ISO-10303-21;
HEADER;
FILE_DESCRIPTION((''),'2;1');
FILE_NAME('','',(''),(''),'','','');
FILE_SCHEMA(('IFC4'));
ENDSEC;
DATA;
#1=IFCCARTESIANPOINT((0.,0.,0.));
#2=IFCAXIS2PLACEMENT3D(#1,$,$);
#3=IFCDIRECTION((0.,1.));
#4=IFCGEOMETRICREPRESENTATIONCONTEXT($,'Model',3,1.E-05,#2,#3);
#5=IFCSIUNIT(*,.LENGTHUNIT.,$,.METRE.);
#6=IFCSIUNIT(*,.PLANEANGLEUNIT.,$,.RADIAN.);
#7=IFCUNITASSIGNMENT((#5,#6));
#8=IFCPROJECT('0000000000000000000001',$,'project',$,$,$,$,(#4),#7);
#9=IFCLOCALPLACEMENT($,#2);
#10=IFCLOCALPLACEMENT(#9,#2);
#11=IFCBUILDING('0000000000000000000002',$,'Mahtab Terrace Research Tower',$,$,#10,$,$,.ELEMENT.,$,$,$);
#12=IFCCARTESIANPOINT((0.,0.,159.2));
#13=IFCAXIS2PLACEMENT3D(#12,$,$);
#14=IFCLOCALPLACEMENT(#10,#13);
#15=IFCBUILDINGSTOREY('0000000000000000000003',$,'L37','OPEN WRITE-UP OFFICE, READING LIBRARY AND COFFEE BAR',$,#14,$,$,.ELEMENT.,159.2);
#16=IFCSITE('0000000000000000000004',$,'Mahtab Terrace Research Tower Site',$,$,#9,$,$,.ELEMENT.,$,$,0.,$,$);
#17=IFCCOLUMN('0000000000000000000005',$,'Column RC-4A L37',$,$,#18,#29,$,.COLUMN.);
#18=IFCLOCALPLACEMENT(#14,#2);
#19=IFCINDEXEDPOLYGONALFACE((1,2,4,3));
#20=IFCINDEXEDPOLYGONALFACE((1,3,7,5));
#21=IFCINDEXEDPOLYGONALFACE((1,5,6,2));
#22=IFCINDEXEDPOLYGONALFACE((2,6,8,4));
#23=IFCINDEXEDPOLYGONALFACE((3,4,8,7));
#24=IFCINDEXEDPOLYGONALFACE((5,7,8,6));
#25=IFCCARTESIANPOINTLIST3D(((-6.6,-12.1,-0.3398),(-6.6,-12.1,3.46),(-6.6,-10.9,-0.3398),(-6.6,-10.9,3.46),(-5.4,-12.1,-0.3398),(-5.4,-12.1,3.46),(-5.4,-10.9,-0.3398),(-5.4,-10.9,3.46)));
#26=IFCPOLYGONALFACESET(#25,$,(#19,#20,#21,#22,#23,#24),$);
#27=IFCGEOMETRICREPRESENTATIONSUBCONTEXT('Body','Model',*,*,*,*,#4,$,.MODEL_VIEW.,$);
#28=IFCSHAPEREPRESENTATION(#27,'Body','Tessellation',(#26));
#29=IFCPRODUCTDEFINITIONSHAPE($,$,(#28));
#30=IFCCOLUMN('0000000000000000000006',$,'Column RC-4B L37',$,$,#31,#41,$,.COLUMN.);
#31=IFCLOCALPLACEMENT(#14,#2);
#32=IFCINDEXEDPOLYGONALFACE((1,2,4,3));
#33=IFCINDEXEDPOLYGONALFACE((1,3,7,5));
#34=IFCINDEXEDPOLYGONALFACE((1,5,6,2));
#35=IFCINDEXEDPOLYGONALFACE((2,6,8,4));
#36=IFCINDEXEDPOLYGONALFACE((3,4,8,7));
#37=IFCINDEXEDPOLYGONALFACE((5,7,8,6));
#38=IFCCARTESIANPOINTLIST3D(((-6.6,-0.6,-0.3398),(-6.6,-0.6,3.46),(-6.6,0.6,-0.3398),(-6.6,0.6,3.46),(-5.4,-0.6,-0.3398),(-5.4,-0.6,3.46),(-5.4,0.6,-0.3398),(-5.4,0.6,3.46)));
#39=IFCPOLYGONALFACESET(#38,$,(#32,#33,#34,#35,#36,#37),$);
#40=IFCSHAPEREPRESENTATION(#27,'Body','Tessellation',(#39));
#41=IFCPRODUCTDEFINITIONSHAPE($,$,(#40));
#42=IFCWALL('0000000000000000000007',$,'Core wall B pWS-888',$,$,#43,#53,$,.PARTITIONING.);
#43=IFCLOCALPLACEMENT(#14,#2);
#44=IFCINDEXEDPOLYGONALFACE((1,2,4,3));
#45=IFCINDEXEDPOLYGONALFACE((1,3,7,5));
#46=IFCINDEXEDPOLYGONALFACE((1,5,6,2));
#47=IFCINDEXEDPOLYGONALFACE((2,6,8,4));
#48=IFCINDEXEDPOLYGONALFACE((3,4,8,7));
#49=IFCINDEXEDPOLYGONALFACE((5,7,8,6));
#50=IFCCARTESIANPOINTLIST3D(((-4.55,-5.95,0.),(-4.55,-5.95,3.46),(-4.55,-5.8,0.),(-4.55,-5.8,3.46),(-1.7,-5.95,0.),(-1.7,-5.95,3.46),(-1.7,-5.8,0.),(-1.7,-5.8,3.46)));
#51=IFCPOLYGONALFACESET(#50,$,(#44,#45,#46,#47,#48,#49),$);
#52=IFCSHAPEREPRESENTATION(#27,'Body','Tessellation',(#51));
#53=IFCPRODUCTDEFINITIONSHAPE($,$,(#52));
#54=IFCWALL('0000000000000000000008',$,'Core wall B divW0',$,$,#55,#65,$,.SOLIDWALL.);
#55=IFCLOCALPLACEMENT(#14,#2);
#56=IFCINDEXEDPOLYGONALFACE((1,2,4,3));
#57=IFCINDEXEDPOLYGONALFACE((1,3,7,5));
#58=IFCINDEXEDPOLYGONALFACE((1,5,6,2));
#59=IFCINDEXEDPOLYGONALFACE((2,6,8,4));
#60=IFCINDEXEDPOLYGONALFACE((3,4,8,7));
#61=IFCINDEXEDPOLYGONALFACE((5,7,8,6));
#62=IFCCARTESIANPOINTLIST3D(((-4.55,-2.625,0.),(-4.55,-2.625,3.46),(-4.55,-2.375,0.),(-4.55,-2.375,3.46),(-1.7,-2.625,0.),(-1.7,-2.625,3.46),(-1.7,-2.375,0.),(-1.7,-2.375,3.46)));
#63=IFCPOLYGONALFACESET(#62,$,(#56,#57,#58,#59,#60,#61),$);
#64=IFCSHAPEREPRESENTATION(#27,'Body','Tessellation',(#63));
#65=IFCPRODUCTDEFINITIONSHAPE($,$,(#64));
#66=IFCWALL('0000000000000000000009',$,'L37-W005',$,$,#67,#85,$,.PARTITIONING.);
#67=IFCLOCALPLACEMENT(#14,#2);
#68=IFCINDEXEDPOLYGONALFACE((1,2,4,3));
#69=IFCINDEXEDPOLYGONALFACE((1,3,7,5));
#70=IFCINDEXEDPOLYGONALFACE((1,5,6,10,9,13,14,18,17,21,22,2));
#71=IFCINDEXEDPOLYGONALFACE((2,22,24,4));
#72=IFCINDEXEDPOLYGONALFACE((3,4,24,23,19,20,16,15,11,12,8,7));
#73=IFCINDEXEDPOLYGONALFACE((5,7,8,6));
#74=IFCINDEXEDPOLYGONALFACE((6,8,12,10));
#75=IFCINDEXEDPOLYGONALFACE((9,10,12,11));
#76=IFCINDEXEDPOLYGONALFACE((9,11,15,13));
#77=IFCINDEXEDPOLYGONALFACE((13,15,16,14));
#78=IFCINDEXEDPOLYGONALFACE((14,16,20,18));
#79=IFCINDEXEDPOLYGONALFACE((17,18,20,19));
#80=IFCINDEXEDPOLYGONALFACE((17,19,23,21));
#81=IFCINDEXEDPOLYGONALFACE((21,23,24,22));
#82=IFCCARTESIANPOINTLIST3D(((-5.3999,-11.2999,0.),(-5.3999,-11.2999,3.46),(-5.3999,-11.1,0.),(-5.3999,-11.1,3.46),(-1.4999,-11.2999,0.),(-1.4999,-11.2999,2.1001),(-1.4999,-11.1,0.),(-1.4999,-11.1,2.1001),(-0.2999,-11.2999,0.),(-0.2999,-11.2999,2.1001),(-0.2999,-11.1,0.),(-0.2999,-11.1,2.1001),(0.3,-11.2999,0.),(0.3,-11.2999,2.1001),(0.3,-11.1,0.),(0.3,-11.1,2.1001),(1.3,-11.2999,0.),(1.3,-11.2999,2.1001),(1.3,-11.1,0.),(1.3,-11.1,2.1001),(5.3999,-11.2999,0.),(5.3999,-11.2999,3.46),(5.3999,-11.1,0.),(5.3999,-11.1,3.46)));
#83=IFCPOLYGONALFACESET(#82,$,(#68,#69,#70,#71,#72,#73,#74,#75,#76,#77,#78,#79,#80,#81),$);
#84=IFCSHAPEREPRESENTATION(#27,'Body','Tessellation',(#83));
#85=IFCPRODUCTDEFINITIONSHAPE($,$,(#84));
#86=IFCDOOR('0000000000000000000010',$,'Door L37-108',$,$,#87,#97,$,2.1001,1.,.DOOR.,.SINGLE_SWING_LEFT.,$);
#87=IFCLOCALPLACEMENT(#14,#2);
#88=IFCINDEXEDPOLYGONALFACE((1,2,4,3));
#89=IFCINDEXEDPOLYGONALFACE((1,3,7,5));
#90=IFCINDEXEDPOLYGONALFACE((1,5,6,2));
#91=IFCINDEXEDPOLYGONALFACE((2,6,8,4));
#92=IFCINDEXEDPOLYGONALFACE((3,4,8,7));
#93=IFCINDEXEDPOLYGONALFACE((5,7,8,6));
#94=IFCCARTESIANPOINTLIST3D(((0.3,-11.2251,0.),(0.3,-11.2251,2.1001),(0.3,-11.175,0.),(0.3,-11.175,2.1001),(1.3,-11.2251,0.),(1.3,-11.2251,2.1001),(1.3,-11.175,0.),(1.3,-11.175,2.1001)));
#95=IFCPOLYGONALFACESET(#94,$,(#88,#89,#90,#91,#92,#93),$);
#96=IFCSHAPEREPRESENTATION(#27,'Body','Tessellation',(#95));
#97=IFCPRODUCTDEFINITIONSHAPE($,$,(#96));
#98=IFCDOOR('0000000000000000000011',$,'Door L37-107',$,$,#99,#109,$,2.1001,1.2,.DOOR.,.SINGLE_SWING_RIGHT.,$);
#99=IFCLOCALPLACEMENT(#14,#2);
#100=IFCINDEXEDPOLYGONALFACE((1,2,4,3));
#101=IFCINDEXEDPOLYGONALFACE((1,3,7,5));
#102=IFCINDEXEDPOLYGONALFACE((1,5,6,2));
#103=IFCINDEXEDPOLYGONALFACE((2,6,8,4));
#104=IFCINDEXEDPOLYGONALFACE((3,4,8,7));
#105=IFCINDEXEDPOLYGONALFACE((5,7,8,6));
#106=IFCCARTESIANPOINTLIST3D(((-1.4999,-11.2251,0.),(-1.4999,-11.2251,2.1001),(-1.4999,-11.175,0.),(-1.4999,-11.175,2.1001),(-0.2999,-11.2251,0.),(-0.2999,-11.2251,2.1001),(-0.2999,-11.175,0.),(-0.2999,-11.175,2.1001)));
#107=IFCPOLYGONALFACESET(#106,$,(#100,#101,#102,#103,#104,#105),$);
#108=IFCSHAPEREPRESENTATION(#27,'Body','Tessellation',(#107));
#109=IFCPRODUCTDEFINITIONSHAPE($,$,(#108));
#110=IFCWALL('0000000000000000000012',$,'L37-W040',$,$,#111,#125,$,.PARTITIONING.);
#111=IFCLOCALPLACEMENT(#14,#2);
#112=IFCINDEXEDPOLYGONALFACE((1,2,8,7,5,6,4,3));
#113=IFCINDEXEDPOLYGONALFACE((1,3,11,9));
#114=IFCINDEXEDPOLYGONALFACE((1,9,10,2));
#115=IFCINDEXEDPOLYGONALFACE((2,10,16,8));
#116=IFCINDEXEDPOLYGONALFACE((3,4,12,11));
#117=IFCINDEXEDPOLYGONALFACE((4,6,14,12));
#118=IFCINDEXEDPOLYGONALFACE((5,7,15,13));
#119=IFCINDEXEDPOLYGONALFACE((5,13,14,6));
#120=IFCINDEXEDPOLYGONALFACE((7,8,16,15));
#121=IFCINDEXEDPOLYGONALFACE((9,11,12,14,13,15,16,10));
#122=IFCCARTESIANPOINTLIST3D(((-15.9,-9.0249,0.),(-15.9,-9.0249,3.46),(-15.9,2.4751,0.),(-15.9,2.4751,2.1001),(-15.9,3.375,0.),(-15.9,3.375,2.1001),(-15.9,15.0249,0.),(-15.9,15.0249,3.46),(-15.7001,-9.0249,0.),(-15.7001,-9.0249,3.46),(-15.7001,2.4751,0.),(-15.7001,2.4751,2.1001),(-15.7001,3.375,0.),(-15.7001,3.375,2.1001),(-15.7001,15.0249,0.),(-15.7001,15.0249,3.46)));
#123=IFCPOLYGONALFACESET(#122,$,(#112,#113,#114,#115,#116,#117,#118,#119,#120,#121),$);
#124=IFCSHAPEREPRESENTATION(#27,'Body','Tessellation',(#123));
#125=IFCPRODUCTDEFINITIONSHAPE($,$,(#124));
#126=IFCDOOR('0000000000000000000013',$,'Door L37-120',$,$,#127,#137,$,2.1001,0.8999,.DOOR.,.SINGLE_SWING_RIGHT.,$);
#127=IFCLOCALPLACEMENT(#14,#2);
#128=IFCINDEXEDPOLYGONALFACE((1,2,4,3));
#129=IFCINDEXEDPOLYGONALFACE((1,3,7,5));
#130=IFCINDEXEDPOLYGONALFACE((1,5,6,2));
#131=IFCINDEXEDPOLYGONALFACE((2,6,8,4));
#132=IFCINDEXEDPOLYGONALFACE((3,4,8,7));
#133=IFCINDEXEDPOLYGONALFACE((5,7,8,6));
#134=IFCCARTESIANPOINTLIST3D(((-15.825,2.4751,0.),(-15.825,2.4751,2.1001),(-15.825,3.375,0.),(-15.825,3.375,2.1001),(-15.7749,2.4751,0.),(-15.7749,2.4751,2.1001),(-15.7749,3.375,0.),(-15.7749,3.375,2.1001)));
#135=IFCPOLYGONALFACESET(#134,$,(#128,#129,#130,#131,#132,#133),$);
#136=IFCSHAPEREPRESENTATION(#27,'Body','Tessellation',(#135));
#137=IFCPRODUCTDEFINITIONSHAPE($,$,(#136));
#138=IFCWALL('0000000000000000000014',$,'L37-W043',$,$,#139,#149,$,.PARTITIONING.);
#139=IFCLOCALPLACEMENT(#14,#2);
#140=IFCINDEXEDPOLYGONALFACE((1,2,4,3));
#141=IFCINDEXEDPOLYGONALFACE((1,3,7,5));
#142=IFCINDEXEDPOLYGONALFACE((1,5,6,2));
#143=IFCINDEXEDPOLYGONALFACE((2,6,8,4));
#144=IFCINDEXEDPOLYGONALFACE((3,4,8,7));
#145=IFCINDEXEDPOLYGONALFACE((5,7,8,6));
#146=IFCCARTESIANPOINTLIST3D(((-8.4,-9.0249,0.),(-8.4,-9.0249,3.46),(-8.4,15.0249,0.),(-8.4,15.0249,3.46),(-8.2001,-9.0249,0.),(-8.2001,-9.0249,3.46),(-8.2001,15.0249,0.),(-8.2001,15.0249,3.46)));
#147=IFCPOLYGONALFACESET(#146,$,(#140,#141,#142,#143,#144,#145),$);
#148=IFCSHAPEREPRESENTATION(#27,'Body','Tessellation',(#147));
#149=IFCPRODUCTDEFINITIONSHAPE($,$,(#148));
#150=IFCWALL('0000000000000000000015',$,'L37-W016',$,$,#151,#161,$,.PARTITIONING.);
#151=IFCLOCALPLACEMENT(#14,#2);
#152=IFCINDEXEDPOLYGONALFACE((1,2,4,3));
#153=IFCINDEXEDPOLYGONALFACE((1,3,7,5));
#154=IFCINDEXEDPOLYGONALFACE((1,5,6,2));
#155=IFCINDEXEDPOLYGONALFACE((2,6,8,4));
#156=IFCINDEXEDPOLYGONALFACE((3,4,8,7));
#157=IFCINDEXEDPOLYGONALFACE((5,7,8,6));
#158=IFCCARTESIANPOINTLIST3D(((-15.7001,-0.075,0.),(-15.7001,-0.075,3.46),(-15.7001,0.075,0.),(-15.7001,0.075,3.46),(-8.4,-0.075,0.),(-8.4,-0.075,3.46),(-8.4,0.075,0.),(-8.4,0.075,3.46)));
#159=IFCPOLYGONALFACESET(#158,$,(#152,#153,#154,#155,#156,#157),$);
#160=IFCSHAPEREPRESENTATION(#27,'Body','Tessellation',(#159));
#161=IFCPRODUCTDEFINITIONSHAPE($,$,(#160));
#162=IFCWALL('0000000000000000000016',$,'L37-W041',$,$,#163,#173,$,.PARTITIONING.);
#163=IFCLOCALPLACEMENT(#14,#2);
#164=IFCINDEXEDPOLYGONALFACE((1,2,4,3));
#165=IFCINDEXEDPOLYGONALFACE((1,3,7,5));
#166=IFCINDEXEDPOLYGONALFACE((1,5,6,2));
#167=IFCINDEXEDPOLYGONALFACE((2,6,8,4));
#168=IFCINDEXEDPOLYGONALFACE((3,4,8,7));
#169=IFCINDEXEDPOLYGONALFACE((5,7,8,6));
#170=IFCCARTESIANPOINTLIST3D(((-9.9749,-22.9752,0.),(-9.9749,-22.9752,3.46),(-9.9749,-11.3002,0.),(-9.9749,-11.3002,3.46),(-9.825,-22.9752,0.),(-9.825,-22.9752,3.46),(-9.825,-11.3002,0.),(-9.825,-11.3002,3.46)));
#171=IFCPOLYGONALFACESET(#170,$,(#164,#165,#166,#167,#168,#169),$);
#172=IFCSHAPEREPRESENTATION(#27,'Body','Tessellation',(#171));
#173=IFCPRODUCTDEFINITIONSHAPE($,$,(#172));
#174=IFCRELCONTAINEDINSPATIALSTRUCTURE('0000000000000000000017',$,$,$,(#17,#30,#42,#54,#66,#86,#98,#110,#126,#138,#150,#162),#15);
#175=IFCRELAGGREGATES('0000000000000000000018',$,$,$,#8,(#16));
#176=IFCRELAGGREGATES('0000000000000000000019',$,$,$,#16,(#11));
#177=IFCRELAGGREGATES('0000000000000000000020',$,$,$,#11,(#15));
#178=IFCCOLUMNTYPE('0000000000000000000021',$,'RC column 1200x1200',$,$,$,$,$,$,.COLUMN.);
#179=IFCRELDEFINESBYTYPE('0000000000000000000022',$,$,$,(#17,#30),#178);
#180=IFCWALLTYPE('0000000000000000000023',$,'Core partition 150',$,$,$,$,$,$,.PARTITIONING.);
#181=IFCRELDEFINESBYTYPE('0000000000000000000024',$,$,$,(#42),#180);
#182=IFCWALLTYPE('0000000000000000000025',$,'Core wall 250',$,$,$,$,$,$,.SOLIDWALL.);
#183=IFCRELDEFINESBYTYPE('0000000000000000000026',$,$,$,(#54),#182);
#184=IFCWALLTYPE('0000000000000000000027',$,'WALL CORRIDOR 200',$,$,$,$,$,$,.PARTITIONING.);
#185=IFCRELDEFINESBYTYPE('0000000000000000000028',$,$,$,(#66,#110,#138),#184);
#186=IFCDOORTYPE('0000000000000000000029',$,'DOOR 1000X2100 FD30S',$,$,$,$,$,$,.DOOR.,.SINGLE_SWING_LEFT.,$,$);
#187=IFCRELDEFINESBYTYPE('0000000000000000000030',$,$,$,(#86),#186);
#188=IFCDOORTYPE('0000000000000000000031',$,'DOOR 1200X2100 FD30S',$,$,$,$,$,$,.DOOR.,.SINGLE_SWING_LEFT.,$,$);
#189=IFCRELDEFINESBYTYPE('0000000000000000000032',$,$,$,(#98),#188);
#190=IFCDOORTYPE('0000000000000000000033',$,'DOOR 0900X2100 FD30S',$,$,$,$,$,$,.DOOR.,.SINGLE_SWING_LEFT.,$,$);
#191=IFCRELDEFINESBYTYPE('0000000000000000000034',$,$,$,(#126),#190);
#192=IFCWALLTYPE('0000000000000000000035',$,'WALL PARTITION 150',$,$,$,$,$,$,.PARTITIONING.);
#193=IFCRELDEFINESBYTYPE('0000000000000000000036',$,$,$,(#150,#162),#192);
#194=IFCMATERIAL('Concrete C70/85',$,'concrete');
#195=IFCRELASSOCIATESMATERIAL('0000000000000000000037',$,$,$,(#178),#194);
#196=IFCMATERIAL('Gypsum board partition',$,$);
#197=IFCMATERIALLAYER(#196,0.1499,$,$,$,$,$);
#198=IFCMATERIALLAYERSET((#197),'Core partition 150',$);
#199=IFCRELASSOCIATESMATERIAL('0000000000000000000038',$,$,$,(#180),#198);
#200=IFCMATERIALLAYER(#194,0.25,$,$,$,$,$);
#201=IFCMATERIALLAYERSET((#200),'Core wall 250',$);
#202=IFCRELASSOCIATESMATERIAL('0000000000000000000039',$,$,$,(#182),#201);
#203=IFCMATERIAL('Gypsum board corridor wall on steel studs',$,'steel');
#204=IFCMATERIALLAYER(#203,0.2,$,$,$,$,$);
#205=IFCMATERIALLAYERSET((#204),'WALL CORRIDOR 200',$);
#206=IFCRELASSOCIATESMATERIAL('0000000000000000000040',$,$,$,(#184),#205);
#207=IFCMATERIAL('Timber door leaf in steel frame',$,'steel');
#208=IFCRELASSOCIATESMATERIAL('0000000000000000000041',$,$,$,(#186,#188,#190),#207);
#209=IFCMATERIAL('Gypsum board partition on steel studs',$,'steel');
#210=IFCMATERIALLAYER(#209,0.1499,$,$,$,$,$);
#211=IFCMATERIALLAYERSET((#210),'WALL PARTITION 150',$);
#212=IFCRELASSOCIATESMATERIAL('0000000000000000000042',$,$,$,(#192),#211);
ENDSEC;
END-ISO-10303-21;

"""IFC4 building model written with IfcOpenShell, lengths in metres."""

from ifc_helpers import new_model, si_unit, direction, frame, frame_2d, origin, origin_2d, place, context, subcontext, project, spatial, rectangle, extrude, material, layer, layer_set, material_profile, profile_set, type_object, element, fill, save


model = new_model("IFC4")

# Units and contexts
model_context = context("Model", 3, precision=1e-05, world=origin(), true_north=direction((0.0, 1.0)))
body_context = subcontext(model_context, "Body", "Model", "MODEL_VIEW")
ifc_project = project(units=[si_unit("LENGTHUNIT", "METRE"), si_unit("PLANEANGLEUNIT", "RADIAN")], contexts=[model_context])

# Site, building, storey
site_placement = place(None, origin())
site = spatial("IfcSite", under=ifc_project, at=site_placement, Name="Mahtab Terrace Research Tower Site", CompositionType="ELEMENT", RefElevation=0.0)
building_placement = place(site_placement, origin())
building = spatial("IfcBuilding", under=site, at=building_placement, Name="Mahtab Terrace Research Tower", CompositionType="ELEMENT")
storey_placement = place(building_placement, frame((0.0, 0.0, 159.2)))
storey = spatial("IfcBuildingStorey", under=building, at=storey_placement, Name="L37", Description="OPEN WRITE-UP OFFICE, READING LIBRARY AND COFFEE BAR", CompositionType="ELEMENT", Elevation=159.2)

# Columns
ifc_material_1 = material(Name="Concrete C70/85", Category="concrete")
ifc_material_profile = material_profile(ifc_material_1, rectangle(XDim=1.2, YDim=1.2, at=origin_2d()), Name="RC column 1200x1200")
ifc_profile_set = profile_set([ifc_material_profile], Name="Concrete C70/85")
column_type = type_object("IfcColumnType", Name="RC column 1200x1200", PredefinedType="COLUMN", material=ifc_profile_set)
for number, where, z_axis, x_axis, name in (
    (1, (-6.0, -11.5, -0.3398), (0.0, 0.0, 1.0), (1.0, 0.0, 0.0), "Column RC-4A L37"),
    (2, (-6.0, 0.0, -0.3398), (0.0, 0.0, 1.0), (1.0, 0.0, 0.0), "Column RC-4B L37"),
):
    element("IfcColumn", number, at=place(storey_placement, frame(where, z_axis=z_axis, x_axis=x_axis)), inside=storey, type_object=column_type, Name=name, PredefinedType="COLUMN", context=body_context, shape_type="SweptSolid", body=[
        extrude(rectangle(XDim=1.2, YDim=1.2, at=origin_2d()), origin(), (0.0, 0.0, 1.0), 3.7998),
    ])

# Wall
ifc_material_2 = material(Name="Gypsum board partition")
ifc_layer_1 = layer(ifc_material_2, 0.1499)
ifc_layer_set_1 = layer_set([ifc_layer_1], Name="Core partition 150")
wall_type_1 = type_object("IfcWallType", Name="Core partition 150", PredefinedType="PARTITIONING", material=ifc_layer_set_1)
wall_1_placement = place(storey_placement, frame((-4.55, -5.875, 0.0), z_axis=(0.0, 0.0, 1.0), x_axis=(1.0, 0.0, 0.0)))
element("IfcWall", 3, at=wall_1_placement, inside=storey, type_object=wall_type_1, Name="Core wall B pWS-888", PredefinedType="PARTITIONING", context=body_context, shape_type="SweptSolid", body=[
    extrude(rectangle(XDim=2.8501, YDim=0.1499, at=frame_2d((1.425, 0.0))), origin(), (0.0, 0.0, 1.0), 3.46),
])

# Shared definitions
ifc_layer_2 = layer(ifc_material_1, 0.25)
ifc_layer_set_2 = layer_set([ifc_layer_2], Name="Core wall 250")
wall_type_2 = type_object("IfcWallType", Name="Core wall 250", PredefinedType="SOLIDWALL", material=ifc_layer_set_2)

# Wall
wall_2_placement = place(storey_placement, frame((-4.55, -2.5, 0.0), z_axis=(0.0, 0.0, 1.0), x_axis=(1.0, 0.0, 0.0)))
element("IfcWall", 4, at=wall_2_placement, inside=storey, type_object=wall_type_2, Name="Core wall B divW0", PredefinedType="SOLIDWALL", context=body_context, shape_type="SweptSolid", body=[
    extrude(rectangle(XDim=2.8501, YDim=0.25, at=frame_2d((1.425, 0.0))), origin(), (0.0, 0.0, 1.0), 3.46),
])

# Wall, openings, doors
ifc_material_3 = material(Name="Gypsum board corridor wall on steel studs", Category="steel")
ifc_layer_3 = layer(ifc_material_3, 0.2)
ifc_layer_set_3 = layer_set([ifc_layer_3], Name="WALL CORRIDOR 200")
wall_type_3 = type_object("IfcWallType", Name="WALL CORRIDOR 200", PredefinedType="PARTITIONING", material=ifc_layer_set_3)
wall_3_placement = place(storey_placement, frame((-5.3999, -11.2, 0.0), z_axis=(0.0, 0.0, 1.0), x_axis=(1.0, 0.0, 0.0)))
wall_3 = element("IfcWall", 5, at=wall_3_placement, inside=storey, type_object=wall_type_3, Name="L37-W005", PredefinedType="PARTITIONING", context=body_context, shape_type="SweptSolid", body=[
    extrude(rectangle(XDim=10.7998, YDim=0.2, at=frame_2d((5.3999, 0.0))), origin(), (0.0, 0.0, 1.0), 3.46),
])
opening_1_placement = place(wall_3_placement, frame((3.8999, 0.0, 0.0)))
opening_1 = element("IfcOpeningElement", 6, at=opening_1_placement, cuts=wall_3, PredefinedType="OPENING", context=body_context, shape_type="SweptSolid", body=[
    extrude(rectangle(XDim=1.2, YDim=2.1001, at=frame_2d((0.6001, 1.05))), frame((0.0, 0.1099, 0.0), z_axis=(0.0, -1.0, 0.0), x_axis=(1.0, 0.0, 0.0)), (0.0, 0.0, 1.0), 0.22),
])
opening_2_placement = place(wall_3_placement, frame((5.7, 0.0, 0.0)))
opening_2 = element("IfcOpeningElement", 7, at=opening_2_placement, cuts=wall_3, PredefinedType="OPENING", context=body_context, shape_type="SweptSolid", body=[
    extrude(rectangle(XDim=1.0, YDim=2.1001, at=frame_2d((0.5, 1.05))), frame((0.0, 0.1099, 0.0), z_axis=(0.0, -1.0, 0.0), x_axis=(1.0, 0.0, 0.0)), (0.0, 0.0, 1.0), 0.22),
])
ifc_material_4 = material(Name="Timber door leaf in steel frame", Category="steel")
door_type_1 = type_object("IfcDoorType", Name="DOOR 1000X2100 FD30S", OperationType="SINGLE_SWING_LEFT", PredefinedType="DOOR", material=ifc_material_4)
door_1_placement = place(opening_2_placement, origin())
door_1 = element("IfcDoor", 8, at=door_1_placement, inside=storey, type_object=door_type_1, Name="Door L37-108", OperationType="SINGLE_SWING_LEFT", OverallHeight=2.1001, OverallWidth=1.0, PredefinedType="DOOR", context=body_context, shape_type="SweptSolid", body=[
    extrude(rectangle(XDim=1.0, YDim=2.1001, at=frame_2d((0.5, 1.05))), frame((0.0, 0.0249, 0.0), z_axis=(0.0, -1.0, 0.0), x_axis=(1.0, 0.0, 0.0)), (0.0, 0.0, 1.0), 0.05),
])
fill(opening_2, door_1)
door_type_2 = type_object("IfcDoorType", Name="DOOR 1200X2100 FD30S", OperationType="SINGLE_SWING_LEFT", PredefinedType="DOOR", material=ifc_material_4)
door_2_placement = place(opening_1_placement, origin())
door_2 = element("IfcDoor", 9, at=door_2_placement, inside=storey, type_object=door_type_2, Name="Door L37-107", OperationType="SINGLE_SWING_RIGHT", OverallHeight=2.1001, OverallWidth=1.2, PredefinedType="DOOR", context=body_context, shape_type="SweptSolid", body=[
    extrude(rectangle(XDim=1.2, YDim=2.1001, at=frame_2d((0.6001, 1.05))), frame((0.0, 0.0249, 0.0), z_axis=(0.0, -1.0, 0.0), x_axis=(1.0, 0.0, 0.0)), (0.0, 0.0, 1.0), 0.05),
])
fill(opening_1, door_2)

# Wall, opening, door
wall_4_placement = place(storey_placement, frame((-15.8, -9.0249, 0.0), z_axis=(0.0, 0.0, 1.0), x_axis=(0.0, 1.0, 0.0)))
wall_4 = element("IfcWall", 10, at=wall_4_placement, inside=storey, type_object=wall_type_3, Name="L37-W040", PredefinedType="PARTITIONING", context=body_context, shape_type="SweptSolid", body=[
    extrude(rectangle(XDim=24.0498, YDim=0.2, at=frame_2d((12.0249, 0.0))), origin(), (0.0, 0.0, 1.0), 3.46),
])
opening_3_placement = place(wall_4_placement, frame((11.5, 0.0, 0.0)))
opening_3 = element("IfcOpeningElement", 11, at=opening_3_placement, cuts=wall_4, PredefinedType="OPENING", context=body_context, shape_type="SweptSolid", body=[
    extrude(rectangle(XDim=0.8999, YDim=2.1001, at=frame_2d((0.45, 1.05))), frame((0.0, 0.1099, 0.0), z_axis=(0.0, -1.0, 0.0), x_axis=(1.0, 0.0, 0.0)), (0.0, 0.0, 1.0), 0.22),
])
door_type_3 = type_object("IfcDoorType", Name="DOOR 0900X2100 FD30S", OperationType="SINGLE_SWING_LEFT", PredefinedType="DOOR", material=ifc_material_4)
door_3_placement = place(opening_3_placement, origin())
door_3 = element("IfcDoor", 12, at=door_3_placement, inside=storey, type_object=door_type_3, Name="Door L37-120", OperationType="SINGLE_SWING_RIGHT", OverallHeight=2.1001, OverallWidth=0.8999, PredefinedType="DOOR", context=body_context, shape_type="SweptSolid", body=[
    extrude(rectangle(XDim=0.8999, YDim=2.1001, at=frame_2d((0.45, 1.05))), frame((0.0, 0.0249, 0.0), z_axis=(0.0, -1.0, 0.0), x_axis=(1.0, 0.0, 0.0)), (0.0, 0.0, 1.0), 0.05),
])
fill(opening_3, door_3)

# Walls
wall_5_placement = place(storey_placement, frame((-8.3, -9.0249, 0.0), z_axis=(0.0, 0.0, 1.0), x_axis=(0.0, 1.0, 0.0)))
element("IfcWall", 13, at=wall_5_placement, inside=storey, type_object=wall_type_3, Name="L37-W043", PredefinedType="PARTITIONING", context=body_context, shape_type="SweptSolid", body=[
    extrude(rectangle(XDim=24.0498, YDim=0.2, at=frame_2d((12.0249, 0.0))), origin(), (0.0, 0.0, 1.0), 3.46),
])
ifc_material_5 = material(Name="Gypsum board partition on steel studs", Category="steel")
ifc_layer_4 = layer(ifc_material_5, 0.1499)
ifc_layer_set_4 = layer_set([ifc_layer_4], Name="WALL PARTITION 150")
wall_type_4 = type_object("IfcWallType", Name="WALL PARTITION 150", PredefinedType="PARTITIONING", material=ifc_layer_set_4)
wall_6_placement = place(storey_placement, frame((-15.7, 0.0, 0.0), z_axis=(0.0, 0.0, 1.0), x_axis=(1.0, 0.0, 0.0)))
element("IfcWall", 14, at=wall_6_placement, inside=storey, type_object=wall_type_4, Name="L37-W016", PredefinedType="PARTITIONING", context=body_context, shape_type="SweptSolid", body=[
    extrude(rectangle(XDim=7.3, YDim=0.1499, at=frame_2d((3.6499, 0.0))), origin(), (0.0, 0.0, 1.0), 3.46),
])
wall_7_placement = place(storey_placement, frame((-9.8999, -22.9751, 0.0), z_axis=(0.0, 0.0, 1.0), x_axis=(0.0, 1.0, 0.0)))
element("IfcWall", 15, at=wall_7_placement, inside=storey, type_object=wall_type_4, Name="L37-W041", PredefinedType="PARTITIONING", context=body_context, shape_type="SweptSolid", body=[
    extrude(rectangle(XDim=11.675, YDim=0.1499, at=frame_2d((5.8374, 0.0))), origin(), (0.0, 0.0, 1.0), 3.46),
])

save(model, "model.ifc")
